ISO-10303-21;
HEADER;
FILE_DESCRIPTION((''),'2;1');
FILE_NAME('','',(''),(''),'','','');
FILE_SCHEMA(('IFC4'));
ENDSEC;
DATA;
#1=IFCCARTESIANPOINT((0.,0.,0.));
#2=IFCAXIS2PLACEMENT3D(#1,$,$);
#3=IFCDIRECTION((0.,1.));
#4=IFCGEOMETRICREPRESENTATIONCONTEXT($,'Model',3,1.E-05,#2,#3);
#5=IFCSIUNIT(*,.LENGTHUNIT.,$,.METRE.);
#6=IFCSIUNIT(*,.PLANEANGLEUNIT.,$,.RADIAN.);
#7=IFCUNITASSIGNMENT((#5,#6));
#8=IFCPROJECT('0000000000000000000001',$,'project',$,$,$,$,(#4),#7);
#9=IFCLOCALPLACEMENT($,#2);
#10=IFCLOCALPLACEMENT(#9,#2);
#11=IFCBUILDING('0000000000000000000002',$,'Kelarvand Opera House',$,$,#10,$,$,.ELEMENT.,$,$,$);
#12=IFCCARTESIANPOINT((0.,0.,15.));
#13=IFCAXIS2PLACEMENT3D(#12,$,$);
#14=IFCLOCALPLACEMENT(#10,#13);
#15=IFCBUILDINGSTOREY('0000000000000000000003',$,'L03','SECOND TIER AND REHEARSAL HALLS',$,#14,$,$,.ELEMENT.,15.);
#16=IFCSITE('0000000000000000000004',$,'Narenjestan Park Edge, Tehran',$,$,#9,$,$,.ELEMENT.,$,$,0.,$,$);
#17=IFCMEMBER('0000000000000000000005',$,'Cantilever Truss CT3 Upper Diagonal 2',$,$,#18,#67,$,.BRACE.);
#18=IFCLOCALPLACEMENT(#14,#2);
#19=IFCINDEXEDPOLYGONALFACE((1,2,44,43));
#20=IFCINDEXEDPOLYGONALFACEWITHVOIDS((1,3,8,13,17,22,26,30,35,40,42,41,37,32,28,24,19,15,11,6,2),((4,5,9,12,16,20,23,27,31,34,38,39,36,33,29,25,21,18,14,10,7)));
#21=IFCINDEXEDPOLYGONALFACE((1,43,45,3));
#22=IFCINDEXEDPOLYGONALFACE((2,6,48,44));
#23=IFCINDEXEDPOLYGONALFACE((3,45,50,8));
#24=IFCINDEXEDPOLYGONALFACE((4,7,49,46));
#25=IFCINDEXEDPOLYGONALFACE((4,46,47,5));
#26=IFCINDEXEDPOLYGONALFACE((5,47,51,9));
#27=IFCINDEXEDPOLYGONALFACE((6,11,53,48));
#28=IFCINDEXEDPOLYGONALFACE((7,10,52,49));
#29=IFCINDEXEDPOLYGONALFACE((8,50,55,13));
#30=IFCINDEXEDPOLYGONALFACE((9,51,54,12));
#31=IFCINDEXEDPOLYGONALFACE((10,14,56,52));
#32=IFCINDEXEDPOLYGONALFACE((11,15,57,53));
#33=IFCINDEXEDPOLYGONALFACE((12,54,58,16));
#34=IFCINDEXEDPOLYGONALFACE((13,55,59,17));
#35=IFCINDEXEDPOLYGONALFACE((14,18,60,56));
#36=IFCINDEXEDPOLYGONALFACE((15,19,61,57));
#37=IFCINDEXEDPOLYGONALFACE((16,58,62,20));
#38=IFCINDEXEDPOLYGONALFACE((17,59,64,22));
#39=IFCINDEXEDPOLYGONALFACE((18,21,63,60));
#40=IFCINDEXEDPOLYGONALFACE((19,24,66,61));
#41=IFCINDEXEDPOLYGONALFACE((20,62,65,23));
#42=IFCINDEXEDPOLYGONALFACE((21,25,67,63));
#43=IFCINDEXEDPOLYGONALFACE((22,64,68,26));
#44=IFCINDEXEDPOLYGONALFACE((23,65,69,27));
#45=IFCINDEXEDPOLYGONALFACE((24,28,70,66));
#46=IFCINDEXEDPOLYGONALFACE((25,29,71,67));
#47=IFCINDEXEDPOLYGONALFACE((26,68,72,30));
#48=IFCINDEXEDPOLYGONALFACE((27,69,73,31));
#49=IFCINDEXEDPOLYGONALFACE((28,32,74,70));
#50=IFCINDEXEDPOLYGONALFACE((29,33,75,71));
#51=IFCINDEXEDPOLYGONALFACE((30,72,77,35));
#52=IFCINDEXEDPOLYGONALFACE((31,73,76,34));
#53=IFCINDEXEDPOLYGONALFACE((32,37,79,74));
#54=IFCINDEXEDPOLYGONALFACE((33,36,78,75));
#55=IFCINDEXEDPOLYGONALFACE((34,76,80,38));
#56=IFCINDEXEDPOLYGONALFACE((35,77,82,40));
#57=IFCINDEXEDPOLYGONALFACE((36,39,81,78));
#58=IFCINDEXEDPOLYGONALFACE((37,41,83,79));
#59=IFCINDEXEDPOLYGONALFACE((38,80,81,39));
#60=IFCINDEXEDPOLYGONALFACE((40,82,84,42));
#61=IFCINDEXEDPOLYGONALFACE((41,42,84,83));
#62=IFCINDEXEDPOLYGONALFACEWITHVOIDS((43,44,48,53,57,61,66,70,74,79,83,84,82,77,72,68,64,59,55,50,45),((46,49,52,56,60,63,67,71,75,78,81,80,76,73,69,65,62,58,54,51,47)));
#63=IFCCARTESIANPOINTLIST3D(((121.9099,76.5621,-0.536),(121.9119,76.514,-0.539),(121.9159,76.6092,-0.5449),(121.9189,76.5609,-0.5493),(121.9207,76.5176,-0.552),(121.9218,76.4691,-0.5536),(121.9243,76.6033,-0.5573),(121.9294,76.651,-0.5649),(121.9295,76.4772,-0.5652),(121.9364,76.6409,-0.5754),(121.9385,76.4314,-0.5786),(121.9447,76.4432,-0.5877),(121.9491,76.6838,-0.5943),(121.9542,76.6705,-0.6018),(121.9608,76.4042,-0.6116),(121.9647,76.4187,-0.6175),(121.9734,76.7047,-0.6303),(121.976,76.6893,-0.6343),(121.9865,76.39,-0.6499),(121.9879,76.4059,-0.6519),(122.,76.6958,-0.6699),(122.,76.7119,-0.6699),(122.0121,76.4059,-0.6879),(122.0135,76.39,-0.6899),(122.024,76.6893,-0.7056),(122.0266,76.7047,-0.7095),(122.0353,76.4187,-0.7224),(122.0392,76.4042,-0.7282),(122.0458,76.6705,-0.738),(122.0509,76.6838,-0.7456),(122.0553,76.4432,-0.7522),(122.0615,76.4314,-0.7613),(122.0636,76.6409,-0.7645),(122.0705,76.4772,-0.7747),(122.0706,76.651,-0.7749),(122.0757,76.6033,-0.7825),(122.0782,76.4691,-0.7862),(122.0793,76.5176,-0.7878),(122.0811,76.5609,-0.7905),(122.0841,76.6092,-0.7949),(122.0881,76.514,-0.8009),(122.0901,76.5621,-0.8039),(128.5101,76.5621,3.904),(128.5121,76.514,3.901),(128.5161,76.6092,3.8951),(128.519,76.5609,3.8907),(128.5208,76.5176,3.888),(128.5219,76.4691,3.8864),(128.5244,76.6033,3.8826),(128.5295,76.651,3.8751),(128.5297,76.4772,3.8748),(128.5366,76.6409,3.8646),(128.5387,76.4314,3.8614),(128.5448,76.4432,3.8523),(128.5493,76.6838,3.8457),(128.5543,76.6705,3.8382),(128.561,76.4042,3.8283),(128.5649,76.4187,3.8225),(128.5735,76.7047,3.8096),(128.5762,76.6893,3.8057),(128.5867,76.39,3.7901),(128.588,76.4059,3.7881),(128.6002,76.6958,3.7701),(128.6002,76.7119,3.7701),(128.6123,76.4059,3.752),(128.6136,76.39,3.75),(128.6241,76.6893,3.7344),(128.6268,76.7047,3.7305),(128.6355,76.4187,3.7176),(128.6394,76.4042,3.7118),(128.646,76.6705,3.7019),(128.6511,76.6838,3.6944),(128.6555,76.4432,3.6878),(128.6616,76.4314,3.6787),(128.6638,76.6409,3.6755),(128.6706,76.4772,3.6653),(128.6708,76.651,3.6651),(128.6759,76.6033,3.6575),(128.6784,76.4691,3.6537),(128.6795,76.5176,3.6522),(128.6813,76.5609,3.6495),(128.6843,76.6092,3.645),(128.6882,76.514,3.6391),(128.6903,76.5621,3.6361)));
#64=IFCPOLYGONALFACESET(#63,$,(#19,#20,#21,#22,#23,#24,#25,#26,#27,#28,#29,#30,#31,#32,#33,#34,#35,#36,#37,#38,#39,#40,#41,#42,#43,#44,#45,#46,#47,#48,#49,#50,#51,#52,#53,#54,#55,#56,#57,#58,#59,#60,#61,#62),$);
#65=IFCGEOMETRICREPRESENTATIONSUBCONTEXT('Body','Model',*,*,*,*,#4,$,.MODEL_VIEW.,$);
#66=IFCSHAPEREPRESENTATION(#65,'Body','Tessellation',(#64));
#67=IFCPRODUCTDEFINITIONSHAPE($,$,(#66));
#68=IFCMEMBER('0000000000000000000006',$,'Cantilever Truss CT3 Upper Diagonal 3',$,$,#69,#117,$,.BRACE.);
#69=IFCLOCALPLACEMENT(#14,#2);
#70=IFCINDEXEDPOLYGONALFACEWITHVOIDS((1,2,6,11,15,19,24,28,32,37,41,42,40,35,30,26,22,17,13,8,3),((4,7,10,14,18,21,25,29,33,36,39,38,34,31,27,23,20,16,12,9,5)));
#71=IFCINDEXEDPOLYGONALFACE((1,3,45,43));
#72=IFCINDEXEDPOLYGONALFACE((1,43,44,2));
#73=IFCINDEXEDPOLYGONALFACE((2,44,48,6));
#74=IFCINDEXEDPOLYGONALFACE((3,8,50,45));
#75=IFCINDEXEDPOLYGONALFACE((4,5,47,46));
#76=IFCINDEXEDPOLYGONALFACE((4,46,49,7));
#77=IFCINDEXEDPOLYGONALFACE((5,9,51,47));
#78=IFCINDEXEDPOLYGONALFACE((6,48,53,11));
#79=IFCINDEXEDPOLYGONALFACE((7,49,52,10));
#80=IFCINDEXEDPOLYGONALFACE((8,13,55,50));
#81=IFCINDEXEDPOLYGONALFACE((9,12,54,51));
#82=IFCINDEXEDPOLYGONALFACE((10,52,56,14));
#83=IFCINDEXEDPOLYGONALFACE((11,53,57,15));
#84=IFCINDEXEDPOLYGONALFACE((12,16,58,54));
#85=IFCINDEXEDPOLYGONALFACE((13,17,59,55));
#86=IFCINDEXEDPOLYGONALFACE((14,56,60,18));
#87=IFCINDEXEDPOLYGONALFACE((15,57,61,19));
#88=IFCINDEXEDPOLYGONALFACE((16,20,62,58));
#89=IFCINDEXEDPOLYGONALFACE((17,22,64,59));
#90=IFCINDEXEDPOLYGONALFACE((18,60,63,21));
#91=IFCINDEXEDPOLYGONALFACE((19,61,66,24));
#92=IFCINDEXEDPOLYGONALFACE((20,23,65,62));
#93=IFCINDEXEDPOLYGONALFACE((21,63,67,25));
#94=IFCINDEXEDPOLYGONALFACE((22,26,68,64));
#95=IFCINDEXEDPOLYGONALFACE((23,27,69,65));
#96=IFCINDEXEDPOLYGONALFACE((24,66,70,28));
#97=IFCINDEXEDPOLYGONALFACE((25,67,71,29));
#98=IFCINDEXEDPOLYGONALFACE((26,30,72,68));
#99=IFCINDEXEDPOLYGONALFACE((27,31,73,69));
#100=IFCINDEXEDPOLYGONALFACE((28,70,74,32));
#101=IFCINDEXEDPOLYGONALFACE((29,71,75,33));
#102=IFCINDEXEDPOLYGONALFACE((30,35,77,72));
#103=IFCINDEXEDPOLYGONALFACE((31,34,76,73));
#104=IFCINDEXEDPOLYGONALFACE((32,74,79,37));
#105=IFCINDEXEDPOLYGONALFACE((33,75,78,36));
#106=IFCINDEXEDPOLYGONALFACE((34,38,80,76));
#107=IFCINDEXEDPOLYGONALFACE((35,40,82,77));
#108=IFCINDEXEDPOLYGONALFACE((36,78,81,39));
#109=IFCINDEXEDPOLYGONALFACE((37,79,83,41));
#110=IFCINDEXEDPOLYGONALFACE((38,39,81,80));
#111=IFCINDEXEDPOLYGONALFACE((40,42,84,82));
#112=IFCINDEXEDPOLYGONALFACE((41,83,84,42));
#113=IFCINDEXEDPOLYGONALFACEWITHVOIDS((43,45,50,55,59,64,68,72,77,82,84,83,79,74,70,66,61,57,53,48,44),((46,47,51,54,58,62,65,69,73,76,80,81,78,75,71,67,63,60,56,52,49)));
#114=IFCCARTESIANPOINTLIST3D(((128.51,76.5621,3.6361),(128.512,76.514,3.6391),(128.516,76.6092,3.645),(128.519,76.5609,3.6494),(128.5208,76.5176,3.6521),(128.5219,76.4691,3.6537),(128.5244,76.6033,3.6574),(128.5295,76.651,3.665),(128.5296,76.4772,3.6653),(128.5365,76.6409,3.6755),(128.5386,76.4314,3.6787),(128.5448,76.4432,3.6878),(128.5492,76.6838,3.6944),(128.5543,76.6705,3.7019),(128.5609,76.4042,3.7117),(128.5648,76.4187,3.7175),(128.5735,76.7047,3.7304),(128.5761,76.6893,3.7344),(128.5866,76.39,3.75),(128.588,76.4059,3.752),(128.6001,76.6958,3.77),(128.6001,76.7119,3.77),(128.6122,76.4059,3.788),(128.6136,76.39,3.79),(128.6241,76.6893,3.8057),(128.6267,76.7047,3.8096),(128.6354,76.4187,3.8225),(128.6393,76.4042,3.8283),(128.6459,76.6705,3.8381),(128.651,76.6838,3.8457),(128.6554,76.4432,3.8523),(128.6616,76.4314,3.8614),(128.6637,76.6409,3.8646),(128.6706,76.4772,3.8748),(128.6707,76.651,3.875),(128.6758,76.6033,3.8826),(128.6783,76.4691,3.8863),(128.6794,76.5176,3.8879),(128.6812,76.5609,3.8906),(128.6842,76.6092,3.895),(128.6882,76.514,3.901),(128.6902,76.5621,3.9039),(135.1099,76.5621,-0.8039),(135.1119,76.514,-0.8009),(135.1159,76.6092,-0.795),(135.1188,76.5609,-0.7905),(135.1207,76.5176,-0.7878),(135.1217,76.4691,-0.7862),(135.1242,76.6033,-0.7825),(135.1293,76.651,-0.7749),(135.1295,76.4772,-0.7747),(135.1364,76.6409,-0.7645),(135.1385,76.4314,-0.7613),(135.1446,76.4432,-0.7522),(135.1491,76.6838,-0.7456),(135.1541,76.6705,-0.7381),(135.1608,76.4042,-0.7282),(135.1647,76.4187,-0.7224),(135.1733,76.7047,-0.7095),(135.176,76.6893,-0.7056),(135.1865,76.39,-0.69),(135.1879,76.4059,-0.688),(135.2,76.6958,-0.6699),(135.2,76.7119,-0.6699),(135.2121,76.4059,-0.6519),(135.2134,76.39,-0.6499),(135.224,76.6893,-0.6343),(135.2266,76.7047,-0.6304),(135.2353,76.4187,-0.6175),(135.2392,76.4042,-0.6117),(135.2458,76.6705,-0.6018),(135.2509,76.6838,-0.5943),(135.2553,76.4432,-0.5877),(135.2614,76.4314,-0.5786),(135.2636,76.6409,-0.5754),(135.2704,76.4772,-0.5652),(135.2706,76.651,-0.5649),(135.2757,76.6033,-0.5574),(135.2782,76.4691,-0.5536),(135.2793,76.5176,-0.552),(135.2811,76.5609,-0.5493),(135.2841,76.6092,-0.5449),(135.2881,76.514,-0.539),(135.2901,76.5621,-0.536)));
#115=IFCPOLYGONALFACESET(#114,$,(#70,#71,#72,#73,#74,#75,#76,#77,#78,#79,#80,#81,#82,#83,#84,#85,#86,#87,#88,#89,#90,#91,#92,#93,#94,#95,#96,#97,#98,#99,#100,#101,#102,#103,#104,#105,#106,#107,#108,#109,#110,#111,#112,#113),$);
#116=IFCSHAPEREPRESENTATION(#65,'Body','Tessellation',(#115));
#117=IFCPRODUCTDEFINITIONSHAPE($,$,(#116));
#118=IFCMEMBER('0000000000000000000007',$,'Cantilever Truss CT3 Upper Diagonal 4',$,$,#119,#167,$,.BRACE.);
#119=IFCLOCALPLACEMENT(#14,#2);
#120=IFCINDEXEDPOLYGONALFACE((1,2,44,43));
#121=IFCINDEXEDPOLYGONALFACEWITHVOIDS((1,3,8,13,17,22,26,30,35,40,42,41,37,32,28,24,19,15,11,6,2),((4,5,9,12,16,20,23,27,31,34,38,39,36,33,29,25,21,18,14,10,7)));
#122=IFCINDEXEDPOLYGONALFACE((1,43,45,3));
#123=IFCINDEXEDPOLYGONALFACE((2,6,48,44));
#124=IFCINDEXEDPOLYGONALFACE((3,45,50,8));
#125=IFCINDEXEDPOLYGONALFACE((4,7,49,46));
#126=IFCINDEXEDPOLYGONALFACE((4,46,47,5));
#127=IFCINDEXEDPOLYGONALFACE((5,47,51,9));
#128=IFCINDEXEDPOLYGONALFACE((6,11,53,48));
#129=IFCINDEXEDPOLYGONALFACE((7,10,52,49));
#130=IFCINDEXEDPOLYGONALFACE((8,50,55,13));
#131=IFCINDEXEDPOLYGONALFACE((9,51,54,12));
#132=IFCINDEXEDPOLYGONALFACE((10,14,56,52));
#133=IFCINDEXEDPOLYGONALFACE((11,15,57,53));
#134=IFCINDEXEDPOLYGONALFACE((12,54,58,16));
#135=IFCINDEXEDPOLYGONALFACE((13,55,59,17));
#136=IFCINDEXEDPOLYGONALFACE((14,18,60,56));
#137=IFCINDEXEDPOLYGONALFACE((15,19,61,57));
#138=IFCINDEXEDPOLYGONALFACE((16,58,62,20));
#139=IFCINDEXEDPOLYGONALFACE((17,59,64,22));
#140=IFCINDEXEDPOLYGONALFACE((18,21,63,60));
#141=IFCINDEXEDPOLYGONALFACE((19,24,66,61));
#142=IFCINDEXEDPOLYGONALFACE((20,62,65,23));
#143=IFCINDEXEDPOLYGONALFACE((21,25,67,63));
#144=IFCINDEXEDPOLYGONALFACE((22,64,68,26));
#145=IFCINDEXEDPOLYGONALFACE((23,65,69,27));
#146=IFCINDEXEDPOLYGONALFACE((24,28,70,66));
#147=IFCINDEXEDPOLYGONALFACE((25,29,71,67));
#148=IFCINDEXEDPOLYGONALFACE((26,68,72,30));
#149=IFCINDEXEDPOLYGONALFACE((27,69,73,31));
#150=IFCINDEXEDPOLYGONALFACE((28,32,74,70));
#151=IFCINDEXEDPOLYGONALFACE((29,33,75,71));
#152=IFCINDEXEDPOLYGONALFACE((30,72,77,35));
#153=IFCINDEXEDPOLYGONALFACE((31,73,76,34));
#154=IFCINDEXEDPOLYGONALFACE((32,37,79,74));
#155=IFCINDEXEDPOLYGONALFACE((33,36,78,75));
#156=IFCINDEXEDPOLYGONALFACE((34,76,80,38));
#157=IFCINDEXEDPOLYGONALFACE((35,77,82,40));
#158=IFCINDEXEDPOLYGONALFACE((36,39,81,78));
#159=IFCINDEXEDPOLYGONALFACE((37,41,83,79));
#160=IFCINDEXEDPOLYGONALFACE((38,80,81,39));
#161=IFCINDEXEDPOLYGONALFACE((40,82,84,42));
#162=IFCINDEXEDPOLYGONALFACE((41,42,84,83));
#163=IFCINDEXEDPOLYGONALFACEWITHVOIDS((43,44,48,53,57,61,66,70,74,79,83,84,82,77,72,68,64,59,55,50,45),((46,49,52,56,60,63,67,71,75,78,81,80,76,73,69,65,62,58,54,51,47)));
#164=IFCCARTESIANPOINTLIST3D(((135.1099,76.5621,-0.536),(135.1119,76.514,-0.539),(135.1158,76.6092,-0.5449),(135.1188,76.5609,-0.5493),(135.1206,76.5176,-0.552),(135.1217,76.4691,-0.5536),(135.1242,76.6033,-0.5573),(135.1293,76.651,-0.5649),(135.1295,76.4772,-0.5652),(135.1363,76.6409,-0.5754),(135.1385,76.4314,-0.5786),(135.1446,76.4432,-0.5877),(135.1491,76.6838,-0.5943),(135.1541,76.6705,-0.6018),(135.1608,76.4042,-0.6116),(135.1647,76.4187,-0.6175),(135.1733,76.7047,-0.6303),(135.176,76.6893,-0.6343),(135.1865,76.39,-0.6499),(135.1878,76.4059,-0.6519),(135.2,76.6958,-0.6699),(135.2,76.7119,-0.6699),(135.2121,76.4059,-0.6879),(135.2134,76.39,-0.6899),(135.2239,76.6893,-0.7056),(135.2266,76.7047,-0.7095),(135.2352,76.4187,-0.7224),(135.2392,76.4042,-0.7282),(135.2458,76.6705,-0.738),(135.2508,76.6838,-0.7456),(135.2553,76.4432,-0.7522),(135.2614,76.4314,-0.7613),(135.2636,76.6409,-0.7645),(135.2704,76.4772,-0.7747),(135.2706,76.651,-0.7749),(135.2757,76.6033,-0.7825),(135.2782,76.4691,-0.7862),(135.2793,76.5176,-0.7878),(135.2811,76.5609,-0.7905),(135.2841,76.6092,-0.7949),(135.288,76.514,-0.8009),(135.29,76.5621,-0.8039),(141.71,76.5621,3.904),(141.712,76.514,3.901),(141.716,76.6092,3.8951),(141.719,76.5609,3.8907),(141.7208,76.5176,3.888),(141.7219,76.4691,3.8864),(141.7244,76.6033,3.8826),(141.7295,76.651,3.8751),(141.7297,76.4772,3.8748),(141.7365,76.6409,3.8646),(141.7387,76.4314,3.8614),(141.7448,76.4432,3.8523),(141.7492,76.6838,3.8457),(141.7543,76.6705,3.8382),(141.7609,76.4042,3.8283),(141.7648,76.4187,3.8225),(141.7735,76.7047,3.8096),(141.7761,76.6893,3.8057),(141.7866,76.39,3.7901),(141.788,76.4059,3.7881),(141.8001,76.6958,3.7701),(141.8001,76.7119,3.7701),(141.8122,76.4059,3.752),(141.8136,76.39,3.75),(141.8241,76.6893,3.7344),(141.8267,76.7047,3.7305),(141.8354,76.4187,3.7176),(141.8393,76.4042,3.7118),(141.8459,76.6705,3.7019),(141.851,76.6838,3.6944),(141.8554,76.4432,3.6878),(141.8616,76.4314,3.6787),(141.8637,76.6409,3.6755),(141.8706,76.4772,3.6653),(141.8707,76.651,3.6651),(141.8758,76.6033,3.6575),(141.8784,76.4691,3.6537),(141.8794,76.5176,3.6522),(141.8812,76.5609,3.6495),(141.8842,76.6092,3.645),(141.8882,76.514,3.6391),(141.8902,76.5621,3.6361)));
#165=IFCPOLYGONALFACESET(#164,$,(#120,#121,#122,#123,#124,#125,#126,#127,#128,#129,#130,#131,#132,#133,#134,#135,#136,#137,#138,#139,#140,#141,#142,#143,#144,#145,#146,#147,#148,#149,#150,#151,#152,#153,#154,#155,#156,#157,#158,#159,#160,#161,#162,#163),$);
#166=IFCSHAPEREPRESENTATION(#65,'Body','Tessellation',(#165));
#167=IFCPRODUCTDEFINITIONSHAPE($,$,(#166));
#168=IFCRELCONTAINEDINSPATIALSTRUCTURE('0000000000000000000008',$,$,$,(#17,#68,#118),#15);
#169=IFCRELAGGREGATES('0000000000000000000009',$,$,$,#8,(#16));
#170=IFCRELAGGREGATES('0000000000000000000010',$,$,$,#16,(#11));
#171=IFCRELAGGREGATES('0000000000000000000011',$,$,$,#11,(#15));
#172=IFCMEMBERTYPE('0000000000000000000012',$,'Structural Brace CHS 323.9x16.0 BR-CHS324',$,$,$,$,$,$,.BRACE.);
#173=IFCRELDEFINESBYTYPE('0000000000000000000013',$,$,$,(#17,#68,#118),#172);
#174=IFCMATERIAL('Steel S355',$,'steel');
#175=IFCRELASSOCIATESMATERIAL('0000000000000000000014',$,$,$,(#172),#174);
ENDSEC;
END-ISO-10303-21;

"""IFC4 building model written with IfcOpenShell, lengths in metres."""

from ifc_helpers import new_model, si_unit, direction, frame, origin, origin_2d, place, context, subcontext, project, spatial, hollow_circle, extrude, material, material_profile, profile_set, type_object, element, save


model = new_model("IFC4")

# Units and contexts
model_context = context("Model", 3, precision=1e-05, world=origin(), true_north=direction((0.0, 1.0)))
body_context = subcontext(model_context, "Body", "Model", "MODEL_VIEW")
ifc_project = project(units=[si_unit("LENGTHUNIT", "METRE"), si_unit("PLANEANGLEUNIT", "RADIAN")], contexts=[model_context])

# Site, building, storey
site_placement = place(None, origin())
site = spatial("IfcSite", under=ifc_project, at=site_placement, Name="Narenjestan Park Edge, Tehran", CompositionType="ELEMENT", RefElevation=0.0)
building_placement = place(site_placement, origin())
building = spatial("IfcBuilding", under=site, at=building_placement, Name="Kelarvand Opera House", CompositionType="ELEMENT")
storey_placement = place(building_placement, frame((0.0, 0.0, 15.0)))
storey = spatial("IfcBuildingStorey", under=building, at=storey_placement, Name="L03", Description="SECOND TIER AND REHEARSAL HALLS", CompositionType="ELEMENT", Elevation=15.0)

# Members
ifc_material = material(Name="Steel S355", Category="steel")
ifc_material_profile_1 = material_profile(ifc_material, hollow_circle(Radius=0.1619, WallThickness=0.0161, at=origin_2d()), Name="CHS 323.9x16.0", Category="steel")
ifc_profile_set_1 = profile_set([ifc_material_profile_1], Name="Steel S355")
member_type_1 = type_object("IfcMemberType", Name="Structural Brace CHS 323.9x16.0 BR-CHS324", PredefinedType="BRACE", material=ifc_profile_set_1)
member_1_placement = place(storey_placement, frame((122.0, 76.55, -0.6699), z_axis=(0.829729, 0.0, 0.558166), x_axis=(0.0, 1.0, 0.0)))
element("IfcMember", 1, at=member_1_placement, inside=storey, type_object=member_type_1, Name="Cantilever Truss CT3 Upper Diagonal 2", PredefinedType="BRACE", context=body_context, shape_type="SweptSolid", body=[
    extrude(hollow_circle(Radius=0.1619, WallThickness=0.0161, at=origin_2d()), origin(), (0.0, 0.0, 1.0), 7.9546),
])
member_2_placement = place(storey_placement, frame((128.6001, 76.55, 3.77), z_axis=(0.82972, 0.0, -0.55818), x_axis=(0.0, 1.0, 0.0)))
element("IfcMember", 2, at=member_2_placement, inside=storey, type_object=member_type_1, Name="Cantilever Truss CT3 Upper Diagonal 3", PredefinedType="BRACE", context=body_context, shape_type="SweptSolid", body=[
    extrude(hollow_circle(Radius=0.1619, WallThickness=0.0161, at=origin_2d()), origin(), (0.0, 0.0, 1.0), 7.9543),
])
member_3_placement = place(storey_placement, frame((135.2, 76.55, -0.6699), z_axis=(0.829729, 0.0, 0.558166), x_axis=(0.0, 1.0, 0.0)))
element("IfcMember", 3, at=member_3_placement, inside=storey, type_object=member_type_1, Name="Cantilever Truss CT3 Upper Diagonal 4", PredefinedType="BRACE", context=body_context, shape_type="SweptSolid", body=[
    extrude(hollow_circle(Radius=0.1619, WallThickness=0.0161, at=origin_2d()), origin(), (0.0, 0.0, 1.0), 7.9546),
])

save(model, "model.ifc")
